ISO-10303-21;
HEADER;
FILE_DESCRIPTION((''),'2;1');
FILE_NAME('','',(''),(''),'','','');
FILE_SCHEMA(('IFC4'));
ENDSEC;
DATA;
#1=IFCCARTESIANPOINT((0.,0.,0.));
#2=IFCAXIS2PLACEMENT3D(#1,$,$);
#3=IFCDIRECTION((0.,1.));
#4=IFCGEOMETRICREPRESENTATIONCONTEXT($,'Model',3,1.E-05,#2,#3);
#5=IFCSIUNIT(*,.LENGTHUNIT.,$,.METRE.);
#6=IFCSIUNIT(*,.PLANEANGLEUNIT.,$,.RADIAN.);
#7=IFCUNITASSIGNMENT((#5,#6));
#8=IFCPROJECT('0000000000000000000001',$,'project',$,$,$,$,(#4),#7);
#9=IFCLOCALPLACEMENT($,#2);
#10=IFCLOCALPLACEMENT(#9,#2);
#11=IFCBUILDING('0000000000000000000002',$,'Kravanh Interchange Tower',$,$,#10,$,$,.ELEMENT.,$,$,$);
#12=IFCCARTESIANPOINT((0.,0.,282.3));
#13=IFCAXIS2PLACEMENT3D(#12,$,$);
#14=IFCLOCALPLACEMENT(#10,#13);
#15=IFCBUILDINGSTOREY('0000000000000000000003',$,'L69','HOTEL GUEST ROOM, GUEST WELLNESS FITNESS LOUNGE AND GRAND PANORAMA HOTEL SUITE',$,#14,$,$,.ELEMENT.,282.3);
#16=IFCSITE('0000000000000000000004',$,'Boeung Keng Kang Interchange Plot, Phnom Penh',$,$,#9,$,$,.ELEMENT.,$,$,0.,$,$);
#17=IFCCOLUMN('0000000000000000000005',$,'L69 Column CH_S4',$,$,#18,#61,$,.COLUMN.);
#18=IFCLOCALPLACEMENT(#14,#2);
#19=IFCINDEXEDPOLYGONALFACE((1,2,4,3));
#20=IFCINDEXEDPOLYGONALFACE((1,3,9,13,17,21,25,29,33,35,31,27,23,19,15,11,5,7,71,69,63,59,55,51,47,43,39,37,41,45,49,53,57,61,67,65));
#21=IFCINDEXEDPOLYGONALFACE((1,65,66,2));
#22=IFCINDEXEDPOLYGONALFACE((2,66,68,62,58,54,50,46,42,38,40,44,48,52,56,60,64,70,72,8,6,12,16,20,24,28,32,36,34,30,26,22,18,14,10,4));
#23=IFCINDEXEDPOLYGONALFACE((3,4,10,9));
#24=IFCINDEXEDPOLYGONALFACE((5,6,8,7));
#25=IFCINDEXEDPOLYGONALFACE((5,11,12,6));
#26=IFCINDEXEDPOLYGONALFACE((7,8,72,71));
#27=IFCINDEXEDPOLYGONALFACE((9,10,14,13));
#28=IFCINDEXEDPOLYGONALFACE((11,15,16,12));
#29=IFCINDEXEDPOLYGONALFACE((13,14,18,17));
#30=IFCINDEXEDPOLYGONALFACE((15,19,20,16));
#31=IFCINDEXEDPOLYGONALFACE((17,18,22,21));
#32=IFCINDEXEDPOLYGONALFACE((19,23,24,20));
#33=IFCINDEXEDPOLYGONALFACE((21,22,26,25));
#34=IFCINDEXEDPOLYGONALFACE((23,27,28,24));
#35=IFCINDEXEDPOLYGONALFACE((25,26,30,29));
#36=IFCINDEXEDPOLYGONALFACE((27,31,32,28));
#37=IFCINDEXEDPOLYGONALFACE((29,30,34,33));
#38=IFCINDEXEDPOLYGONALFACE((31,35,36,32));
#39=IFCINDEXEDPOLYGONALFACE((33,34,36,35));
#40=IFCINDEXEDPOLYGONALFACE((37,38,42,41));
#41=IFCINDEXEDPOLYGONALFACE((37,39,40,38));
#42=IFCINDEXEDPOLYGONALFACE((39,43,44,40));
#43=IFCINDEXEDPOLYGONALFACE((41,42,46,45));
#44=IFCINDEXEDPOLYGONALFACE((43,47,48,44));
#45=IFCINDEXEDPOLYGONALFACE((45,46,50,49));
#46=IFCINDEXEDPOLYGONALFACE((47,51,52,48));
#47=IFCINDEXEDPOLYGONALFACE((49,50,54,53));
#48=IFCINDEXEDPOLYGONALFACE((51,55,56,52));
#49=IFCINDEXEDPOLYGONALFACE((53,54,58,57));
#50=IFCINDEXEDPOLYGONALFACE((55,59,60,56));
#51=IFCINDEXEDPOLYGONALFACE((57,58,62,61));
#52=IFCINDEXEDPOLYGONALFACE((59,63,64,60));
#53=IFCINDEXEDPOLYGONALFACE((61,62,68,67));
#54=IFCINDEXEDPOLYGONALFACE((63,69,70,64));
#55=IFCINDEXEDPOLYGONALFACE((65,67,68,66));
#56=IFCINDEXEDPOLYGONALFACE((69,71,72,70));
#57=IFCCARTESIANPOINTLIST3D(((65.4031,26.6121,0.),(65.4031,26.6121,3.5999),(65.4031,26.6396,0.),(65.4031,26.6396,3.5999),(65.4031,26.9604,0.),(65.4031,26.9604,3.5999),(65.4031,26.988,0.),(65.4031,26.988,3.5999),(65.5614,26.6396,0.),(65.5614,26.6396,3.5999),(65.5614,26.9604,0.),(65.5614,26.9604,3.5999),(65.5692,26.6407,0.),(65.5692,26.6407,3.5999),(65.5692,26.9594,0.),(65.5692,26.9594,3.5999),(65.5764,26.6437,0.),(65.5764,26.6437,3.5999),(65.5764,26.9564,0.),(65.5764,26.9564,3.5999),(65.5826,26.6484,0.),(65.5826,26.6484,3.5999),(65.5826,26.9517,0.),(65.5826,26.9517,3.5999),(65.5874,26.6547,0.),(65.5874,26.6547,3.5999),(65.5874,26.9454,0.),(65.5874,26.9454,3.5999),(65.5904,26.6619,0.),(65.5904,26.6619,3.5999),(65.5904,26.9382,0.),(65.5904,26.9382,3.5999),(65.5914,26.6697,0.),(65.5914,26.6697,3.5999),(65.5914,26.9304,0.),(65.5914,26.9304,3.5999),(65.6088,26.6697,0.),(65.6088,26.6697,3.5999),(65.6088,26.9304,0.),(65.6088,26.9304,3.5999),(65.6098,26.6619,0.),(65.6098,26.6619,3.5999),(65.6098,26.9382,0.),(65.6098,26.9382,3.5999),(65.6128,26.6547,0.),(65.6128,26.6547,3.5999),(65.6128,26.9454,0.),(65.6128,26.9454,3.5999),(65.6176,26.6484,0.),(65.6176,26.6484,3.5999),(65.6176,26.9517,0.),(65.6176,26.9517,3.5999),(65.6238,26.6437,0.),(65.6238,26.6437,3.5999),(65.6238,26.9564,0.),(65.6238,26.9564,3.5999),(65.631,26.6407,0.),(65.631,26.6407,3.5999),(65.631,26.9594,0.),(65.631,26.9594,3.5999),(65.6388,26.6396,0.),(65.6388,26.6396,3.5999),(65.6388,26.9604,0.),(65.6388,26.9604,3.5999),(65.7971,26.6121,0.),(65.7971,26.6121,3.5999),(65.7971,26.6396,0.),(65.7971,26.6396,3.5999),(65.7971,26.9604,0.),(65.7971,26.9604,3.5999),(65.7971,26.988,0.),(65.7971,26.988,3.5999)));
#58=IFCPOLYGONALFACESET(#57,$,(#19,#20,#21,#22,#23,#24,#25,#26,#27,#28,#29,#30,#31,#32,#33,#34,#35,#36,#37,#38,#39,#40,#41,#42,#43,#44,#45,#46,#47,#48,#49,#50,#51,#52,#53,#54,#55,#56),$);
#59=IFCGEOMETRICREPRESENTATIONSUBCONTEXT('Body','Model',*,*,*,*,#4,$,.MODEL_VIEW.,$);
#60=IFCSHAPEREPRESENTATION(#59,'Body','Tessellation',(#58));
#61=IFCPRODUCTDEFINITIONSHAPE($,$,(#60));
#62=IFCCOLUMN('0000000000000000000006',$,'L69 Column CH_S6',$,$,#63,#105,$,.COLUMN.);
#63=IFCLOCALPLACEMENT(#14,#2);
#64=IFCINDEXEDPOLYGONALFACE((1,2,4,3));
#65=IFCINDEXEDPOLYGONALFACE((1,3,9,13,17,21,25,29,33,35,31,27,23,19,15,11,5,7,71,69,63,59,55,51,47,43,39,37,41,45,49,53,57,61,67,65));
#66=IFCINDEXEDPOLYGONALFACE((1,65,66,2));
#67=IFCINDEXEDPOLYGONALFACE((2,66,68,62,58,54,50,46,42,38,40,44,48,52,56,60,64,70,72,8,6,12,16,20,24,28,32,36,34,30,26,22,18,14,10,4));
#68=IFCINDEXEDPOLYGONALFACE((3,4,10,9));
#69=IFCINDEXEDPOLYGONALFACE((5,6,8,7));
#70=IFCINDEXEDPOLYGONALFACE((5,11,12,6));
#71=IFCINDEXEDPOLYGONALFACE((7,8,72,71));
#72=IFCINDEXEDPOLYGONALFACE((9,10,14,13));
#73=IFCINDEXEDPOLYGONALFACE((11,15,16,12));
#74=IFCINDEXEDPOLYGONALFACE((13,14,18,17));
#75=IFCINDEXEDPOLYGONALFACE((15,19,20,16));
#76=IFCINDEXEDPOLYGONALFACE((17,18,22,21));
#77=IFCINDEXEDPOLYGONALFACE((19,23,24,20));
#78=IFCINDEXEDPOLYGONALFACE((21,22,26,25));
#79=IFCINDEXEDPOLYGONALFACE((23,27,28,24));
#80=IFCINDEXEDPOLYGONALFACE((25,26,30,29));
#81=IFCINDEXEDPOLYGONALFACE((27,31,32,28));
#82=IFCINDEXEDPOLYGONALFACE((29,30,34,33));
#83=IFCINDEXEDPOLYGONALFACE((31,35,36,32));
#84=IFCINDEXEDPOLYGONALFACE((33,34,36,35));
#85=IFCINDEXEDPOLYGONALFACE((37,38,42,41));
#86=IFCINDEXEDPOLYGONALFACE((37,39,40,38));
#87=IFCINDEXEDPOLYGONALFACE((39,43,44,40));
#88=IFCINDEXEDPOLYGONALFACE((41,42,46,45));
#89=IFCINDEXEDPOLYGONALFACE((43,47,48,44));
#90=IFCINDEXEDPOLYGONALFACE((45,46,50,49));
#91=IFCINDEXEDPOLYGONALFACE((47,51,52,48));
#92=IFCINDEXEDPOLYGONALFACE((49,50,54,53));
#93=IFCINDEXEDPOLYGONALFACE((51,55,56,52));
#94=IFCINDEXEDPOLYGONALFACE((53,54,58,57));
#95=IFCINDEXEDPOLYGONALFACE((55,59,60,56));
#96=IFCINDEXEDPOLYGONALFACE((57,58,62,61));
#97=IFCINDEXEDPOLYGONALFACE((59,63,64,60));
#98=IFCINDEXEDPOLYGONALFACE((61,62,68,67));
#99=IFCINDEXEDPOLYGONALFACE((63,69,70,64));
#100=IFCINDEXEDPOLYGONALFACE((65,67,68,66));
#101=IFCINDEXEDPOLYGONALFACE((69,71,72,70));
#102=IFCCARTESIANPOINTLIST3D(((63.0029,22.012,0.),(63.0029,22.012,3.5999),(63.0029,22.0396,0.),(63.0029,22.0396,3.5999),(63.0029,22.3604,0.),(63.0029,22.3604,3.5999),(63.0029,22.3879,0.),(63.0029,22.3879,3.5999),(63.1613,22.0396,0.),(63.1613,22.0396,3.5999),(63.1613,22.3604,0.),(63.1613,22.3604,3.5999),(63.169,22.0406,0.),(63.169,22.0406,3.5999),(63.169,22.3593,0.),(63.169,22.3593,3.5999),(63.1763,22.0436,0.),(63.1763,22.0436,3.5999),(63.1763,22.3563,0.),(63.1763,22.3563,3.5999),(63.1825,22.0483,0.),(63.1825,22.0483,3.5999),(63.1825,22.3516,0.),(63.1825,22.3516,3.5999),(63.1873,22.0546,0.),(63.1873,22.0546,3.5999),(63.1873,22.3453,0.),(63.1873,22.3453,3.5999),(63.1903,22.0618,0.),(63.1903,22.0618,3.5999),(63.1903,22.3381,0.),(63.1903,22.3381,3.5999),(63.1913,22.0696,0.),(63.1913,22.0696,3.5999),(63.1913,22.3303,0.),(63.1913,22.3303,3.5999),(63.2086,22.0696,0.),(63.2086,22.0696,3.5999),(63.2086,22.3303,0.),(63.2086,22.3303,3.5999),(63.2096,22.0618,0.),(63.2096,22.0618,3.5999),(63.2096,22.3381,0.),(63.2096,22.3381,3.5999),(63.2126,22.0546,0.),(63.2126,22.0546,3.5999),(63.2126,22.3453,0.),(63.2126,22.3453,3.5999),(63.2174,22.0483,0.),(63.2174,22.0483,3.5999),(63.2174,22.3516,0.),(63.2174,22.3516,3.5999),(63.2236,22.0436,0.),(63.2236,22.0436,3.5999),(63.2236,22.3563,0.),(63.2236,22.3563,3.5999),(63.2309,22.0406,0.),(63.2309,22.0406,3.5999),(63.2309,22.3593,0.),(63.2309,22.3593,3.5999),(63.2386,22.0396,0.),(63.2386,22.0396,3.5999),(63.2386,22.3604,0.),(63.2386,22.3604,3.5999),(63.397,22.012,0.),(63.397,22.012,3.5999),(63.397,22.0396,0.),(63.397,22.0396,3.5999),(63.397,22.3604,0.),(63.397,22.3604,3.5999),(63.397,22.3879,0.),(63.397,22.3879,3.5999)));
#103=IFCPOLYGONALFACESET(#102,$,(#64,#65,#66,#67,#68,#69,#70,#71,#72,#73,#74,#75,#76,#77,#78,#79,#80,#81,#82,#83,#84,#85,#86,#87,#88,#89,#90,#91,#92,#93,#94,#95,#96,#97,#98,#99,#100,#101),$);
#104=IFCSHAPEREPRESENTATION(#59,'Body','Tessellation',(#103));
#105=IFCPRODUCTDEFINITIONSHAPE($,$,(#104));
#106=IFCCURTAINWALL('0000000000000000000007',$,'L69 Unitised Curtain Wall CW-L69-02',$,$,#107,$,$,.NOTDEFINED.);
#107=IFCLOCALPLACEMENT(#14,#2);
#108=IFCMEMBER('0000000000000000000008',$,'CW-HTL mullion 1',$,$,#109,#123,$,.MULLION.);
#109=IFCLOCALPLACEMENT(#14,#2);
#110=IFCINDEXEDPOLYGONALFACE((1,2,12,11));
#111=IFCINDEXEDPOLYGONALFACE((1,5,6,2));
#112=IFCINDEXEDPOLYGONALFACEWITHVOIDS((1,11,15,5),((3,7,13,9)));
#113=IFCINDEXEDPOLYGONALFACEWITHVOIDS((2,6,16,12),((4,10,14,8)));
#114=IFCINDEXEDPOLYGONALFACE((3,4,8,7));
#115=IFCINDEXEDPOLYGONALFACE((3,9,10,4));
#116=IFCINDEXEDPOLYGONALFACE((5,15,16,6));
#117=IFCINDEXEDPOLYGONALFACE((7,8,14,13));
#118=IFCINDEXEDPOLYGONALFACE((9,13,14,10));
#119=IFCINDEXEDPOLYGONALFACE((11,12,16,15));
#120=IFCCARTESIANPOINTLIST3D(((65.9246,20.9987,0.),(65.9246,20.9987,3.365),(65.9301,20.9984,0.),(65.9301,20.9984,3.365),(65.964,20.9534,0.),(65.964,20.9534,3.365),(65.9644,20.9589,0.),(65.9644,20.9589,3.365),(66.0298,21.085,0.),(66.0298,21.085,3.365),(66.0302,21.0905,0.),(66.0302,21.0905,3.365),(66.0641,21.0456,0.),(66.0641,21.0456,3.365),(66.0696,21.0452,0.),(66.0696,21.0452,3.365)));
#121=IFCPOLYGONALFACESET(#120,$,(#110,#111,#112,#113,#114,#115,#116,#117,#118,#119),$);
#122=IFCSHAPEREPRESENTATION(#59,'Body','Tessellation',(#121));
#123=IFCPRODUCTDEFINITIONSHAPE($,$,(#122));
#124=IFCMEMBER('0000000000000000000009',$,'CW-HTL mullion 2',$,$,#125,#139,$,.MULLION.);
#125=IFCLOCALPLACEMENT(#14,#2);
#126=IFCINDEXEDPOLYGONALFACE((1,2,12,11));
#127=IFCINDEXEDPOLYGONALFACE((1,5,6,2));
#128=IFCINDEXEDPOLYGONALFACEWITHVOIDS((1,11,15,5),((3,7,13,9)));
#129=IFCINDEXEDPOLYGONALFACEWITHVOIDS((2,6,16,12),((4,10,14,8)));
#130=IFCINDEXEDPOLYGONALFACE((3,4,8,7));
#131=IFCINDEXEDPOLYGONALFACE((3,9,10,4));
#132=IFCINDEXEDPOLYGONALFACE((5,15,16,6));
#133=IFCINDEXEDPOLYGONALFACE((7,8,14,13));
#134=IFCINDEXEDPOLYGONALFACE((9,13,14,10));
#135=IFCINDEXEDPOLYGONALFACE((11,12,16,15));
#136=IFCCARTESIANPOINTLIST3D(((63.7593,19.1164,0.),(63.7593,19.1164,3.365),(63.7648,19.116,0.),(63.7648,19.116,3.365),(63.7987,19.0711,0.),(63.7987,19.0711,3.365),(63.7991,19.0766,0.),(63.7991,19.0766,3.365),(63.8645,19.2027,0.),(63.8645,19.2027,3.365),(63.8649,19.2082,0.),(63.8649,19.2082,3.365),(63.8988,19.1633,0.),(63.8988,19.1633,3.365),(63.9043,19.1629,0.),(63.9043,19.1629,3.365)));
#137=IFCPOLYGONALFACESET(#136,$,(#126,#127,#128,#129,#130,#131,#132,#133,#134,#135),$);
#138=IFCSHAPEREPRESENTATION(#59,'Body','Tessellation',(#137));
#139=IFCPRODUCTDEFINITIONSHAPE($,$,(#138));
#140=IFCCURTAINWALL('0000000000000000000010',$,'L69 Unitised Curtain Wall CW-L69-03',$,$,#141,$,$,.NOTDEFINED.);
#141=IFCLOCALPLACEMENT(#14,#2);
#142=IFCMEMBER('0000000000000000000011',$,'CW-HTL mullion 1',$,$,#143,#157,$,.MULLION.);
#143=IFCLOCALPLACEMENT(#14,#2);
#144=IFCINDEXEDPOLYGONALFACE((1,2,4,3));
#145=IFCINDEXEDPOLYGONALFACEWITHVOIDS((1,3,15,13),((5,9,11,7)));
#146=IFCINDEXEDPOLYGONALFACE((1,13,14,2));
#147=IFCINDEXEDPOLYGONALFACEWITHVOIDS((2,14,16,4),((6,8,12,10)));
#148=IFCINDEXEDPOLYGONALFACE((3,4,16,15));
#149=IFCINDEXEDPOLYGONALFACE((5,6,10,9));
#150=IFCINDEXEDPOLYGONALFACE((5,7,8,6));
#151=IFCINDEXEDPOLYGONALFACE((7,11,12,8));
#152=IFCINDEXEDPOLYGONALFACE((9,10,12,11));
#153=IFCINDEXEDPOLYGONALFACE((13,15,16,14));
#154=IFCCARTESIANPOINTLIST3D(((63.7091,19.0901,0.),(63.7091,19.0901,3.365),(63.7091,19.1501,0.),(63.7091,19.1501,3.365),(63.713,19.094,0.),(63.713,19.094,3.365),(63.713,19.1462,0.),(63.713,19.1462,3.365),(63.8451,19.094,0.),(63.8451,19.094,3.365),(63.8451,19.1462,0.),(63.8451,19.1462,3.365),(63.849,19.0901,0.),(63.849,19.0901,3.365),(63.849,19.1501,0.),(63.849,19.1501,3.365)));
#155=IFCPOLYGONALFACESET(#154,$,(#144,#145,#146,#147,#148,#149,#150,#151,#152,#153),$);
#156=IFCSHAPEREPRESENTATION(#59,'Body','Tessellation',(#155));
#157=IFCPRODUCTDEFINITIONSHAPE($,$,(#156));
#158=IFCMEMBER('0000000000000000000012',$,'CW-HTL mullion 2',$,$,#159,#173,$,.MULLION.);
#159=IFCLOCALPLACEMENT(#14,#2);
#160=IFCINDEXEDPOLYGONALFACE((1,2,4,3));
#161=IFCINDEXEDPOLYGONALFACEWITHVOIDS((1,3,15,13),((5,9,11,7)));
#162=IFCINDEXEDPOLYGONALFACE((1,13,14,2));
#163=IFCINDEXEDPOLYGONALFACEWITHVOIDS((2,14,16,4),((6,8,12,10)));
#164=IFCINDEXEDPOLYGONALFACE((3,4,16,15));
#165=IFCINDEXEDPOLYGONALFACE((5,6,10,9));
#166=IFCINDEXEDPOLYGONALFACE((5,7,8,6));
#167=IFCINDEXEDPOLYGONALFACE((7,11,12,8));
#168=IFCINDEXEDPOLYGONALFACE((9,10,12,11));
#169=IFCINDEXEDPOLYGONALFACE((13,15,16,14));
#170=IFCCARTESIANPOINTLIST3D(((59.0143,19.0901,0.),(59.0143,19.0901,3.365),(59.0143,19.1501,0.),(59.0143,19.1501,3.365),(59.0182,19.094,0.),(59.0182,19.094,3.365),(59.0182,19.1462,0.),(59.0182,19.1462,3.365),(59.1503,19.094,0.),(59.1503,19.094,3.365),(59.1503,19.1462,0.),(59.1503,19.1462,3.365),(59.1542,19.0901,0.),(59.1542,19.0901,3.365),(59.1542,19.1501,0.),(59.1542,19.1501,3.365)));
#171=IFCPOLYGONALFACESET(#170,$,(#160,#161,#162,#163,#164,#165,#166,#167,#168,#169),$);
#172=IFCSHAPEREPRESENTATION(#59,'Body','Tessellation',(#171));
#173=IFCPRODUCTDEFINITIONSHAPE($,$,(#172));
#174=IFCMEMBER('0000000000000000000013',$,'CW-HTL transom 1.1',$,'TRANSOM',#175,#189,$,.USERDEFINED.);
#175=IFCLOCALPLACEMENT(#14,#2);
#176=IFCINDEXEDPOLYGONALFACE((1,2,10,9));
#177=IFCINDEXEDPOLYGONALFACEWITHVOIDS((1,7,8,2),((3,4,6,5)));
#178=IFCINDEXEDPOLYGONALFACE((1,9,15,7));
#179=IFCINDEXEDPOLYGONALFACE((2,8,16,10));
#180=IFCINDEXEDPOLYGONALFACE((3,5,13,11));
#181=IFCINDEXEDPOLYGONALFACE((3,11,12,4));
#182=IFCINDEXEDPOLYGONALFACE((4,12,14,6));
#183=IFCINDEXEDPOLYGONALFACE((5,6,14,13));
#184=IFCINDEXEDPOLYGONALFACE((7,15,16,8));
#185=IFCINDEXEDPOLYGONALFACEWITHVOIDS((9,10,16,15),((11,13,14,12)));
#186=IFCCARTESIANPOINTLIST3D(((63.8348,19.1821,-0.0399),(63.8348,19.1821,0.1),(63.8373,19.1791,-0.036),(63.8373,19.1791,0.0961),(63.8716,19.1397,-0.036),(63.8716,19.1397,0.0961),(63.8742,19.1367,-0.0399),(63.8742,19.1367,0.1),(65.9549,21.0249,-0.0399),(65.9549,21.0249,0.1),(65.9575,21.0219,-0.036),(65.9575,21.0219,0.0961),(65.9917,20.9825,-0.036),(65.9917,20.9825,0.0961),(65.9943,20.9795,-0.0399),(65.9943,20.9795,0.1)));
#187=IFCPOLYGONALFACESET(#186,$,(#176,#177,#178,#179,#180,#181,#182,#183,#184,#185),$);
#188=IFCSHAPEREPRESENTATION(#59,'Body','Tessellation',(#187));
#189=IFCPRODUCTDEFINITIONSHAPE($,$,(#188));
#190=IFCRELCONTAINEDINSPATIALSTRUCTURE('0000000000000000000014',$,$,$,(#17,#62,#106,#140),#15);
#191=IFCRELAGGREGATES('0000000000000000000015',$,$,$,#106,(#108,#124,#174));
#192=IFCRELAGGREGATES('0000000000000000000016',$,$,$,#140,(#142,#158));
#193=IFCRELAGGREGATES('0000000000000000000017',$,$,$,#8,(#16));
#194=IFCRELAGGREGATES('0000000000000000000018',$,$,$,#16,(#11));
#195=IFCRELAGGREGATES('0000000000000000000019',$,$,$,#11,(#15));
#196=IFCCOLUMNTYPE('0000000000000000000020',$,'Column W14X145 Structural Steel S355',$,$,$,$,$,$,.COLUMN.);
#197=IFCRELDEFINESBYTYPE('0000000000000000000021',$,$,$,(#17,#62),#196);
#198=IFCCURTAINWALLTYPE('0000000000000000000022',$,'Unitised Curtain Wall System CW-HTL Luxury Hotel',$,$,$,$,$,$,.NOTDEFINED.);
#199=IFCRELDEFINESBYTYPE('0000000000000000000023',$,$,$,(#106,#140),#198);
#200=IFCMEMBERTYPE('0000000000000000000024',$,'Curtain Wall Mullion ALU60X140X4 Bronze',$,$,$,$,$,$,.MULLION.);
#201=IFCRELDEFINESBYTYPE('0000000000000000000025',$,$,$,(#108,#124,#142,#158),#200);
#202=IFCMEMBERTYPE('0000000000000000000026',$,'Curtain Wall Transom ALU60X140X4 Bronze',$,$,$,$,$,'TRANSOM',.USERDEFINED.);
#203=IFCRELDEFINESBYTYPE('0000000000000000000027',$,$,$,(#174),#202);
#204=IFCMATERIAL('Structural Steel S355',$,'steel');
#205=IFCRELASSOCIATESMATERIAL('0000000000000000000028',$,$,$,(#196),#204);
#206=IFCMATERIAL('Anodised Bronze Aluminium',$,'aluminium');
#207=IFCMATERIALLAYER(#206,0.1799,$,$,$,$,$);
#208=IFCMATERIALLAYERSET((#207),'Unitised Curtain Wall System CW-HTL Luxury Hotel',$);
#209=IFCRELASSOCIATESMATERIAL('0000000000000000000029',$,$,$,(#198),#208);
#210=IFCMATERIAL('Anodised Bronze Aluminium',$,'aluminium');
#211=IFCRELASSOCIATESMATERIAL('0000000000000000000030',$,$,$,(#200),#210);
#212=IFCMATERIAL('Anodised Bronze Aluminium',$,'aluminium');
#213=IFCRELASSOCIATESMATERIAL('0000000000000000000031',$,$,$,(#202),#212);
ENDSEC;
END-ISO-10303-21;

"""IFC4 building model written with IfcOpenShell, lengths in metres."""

from ifc_helpers import new_model, si_unit, direction, frame, origin, origin_2d, place, context, subcontext, project, spatial, hollow_rectangle, i_section, extrude, material, layer, layer_set, material_profile, profile_set, type_object, element, aggregate, save


model = new_model("IFC4")

# Units and contexts
model_context = context("Model", 3, precision=1e-05, world=origin(), true_north=direction((0.0, 1.0)))
body_context = subcontext(model_context, "Body", "Model", "MODEL_VIEW")
ifc_project = project(units=[si_unit("LENGTHUNIT", "METRE"), si_unit("PLANEANGLEUNIT", "RADIAN")], contexts=[model_context])

# Site, building, storey
site_placement = place(None, origin())
site = spatial("IfcSite", under=ifc_project, at=site_placement, Name="Boeung Keng Kang Interchange Plot, Phnom Penh", CompositionType="ELEMENT", RefElevation=0.0)
building_placement = place(site_placement, origin())
building = spatial("IfcBuilding", under=site, at=building_placement, Name="Kravanh Interchange Tower", CompositionType="ELEMENT")
storey_placement = place(building_placement, frame((0.0, 0.0, 282.3)))
storey = spatial("IfcBuildingStorey", under=building, at=storey_placement, Name="L69", Description="HOTEL GUEST ROOM, GUEST WELLNESS FITNESS LOUNGE AND GRAND PANORAMA HOTEL SUITE", CompositionType="ELEMENT", Elevation=282.3)

# Columns
ifc_material_1 = material(Name="Structural Steel S355", Category="steel")
ifc_material_profile_1 = material_profile(ifc_material_1, i_section(OverallWidth=0.394, OverallDepth=0.376, WebThickness=0.0173, FlangeThickness=0.0276, FilletRadius=0.03, at=origin_2d()), Name="W14X145")
ifc_profile_set_1 = profile_set([ifc_material_profile_1], Name="Structural Steel S355")
column_type = type_object("IfcColumnType", Name="Column W14X145 Structural Steel S355", PredefinedType="COLUMN", material=ifc_profile_set_1)
for number, where, z_axis, x_axis, name in (
    (1, (65.6001, 26.8, 0.0), (0.0, 0.0, 1.0), (1.0, 0.0, 0.0), "L69 Column CH_S4"),
    (2, (63.2, 22.2, 0.0), (0.0, 0.0, 1.0), (1.0, 0.0, 0.0), "L69 Column CH_S6"),
):
    element("IfcColumn", number, at=place(storey_placement, frame(where, z_axis=z_axis, x_axis=x_axis)), inside=storey, type_object=column_type, Name=name, PredefinedType="COLUMN", context=body_context, shape_type="SweptSolid", body=[
        extrude(i_section(OverallWidth=0.394, OverallDepth=0.376, WebThickness=0.0173, FlangeThickness=0.0276, FilletRadius=0.03, at=origin_2d()), origin(), (0.0, 0.0, 1.0), 3.5999),
    ])

# Curtain walls, members
ifc_material_2 = material(Name="Anodised Bronze Aluminium", Category="aluminium")
ifc_layer_1 = layer(ifc_material_2, 0.1799)
ifc_layer_set_1 = layer_set([ifc_layer_1], Name="Unitised Curtain Wall System CW-HTL Luxury Hotel")
curtain_wall_type = type_object("IfcCurtainWallType", Name="Unitised Curtain Wall System CW-HTL Luxury Hotel", PredefinedType="NOTDEFINED", material=ifc_layer_set_1)
curtain_wall_1_placement = place(storey_placement, origin())
curtain_wall_1 = element("IfcCurtainWall", 3, at=curtain_wall_1_placement, inside=storey, type_object=curtain_wall_type, Name="L69 Unitised Curtain Wall CW-L69-02", PredefinedType="NOTDEFINED")
ifc_material_3 = material(Name="Anodised Bronze Aluminium", Category="aluminium")
ifc_material_profile_2 = material_profile(ifc_material_3, hollow_rectangle(XDim=0.0601, YDim=0.1399, WallThickness=0.0039, at=origin_2d()), Name="ALU60X140X4")
ifc_profile_set_2 = profile_set([ifc_material_profile_2], Name="Anodised Bronze Aluminium")
member_type_1 = type_object("IfcMemberType", Name="Curtain Wall Mullion ALU60X140X4 Bronze", PredefinedType="MULLION", material=ifc_profile_set_2)
member_1_placement = place(storey_placement, frame((65.9971, 21.022, 0.0), z_axis=(0.0, 0.0, 1.0), x_axis=(0.656033, -0.754732, 0.0)))
member_1 = element("IfcMember", 4, at=member_1_placement, type_object=member_type_1, Name="CW-HTL mullion 1", PredefinedType="MULLION", context=body_context, shape_type="SweptSolid", body=[
    extrude(hollow_rectangle(XDim=0.0601, YDim=0.1399, WallThickness=0.0039, at=origin_2d()), origin(), (0.0, 0.0, 1.0), 3.365),
])
member_2_placement = place(storey_placement, frame((63.8318, 19.1396, 0.0), z_axis=(0.0, 0.0, 1.0), x_axis=(0.656033, -0.754732, 0.0)))
member_2 = element("IfcMember", 5, at=member_2_placement, type_object=member_type_1, Name="CW-HTL mullion 2", PredefinedType="MULLION", context=body_context, shape_type="SweptSolid", body=[
    extrude(hollow_rectangle(XDim=0.0601, YDim=0.1399, WallThickness=0.0039, at=origin_2d()), origin(), (0.0, 0.0, 1.0), 3.365),
])
curtain_wall_2_placement = place(storey_placement, origin())
curtain_wall_2 = element("IfcCurtainWall", 6, at=curtain_wall_2_placement, inside=storey, type_object=curtain_wall_type, Name="L69 Unitised Curtain Wall CW-L69-03", PredefinedType="NOTDEFINED")
member_3_placement = place(storey_placement, frame((63.7791, 19.1201, 0.0), z_axis=(0.0, 0.0, 1.0), x_axis=(0.0, -1.0, 0.0)))
member_3 = element("IfcMember", 7, at=member_3_placement, type_object=member_type_1, Name="CW-HTL mullion 1", PredefinedType="MULLION", context=body_context, shape_type="SweptSolid", body=[
    extrude(hollow_rectangle(XDim=0.0601, YDim=0.1399, WallThickness=0.0039, at=origin_2d()), origin(), (0.0, 0.0, 1.0), 3.365),
])
member_4_placement = place(storey_placement, frame((59.0842, 19.1201, 0.0), z_axis=(0.0, 0.0, 1.0), x_axis=(0.0, -1.0, 0.0)))
member_4 = element("IfcMember", 8, at=member_4_placement, type_object=member_type_1, Name="CW-HTL mullion 2", PredefinedType="MULLION", context=body_context, shape_type="SweptSolid", body=[
    extrude(hollow_rectangle(XDim=0.0601, YDim=0.1399, WallThickness=0.0039, at=origin_2d()), origin(), (0.0, 0.0, 1.0), 3.365),
])

# Member
ifc_material_4 = material(Name="Anodised Bronze Aluminium", Category="aluminium")
ifc_material_profile_3 = material_profile(ifc_material_4, hollow_rectangle(XDim=0.0601, YDim=0.1399, WallThickness=0.0039, at=origin_2d()), Name="ALU60X140X4")
ifc_profile_set_3 = profile_set([ifc_material_profile_3], Name="Anodised Bronze Aluminium")
member_type_2 = type_object("IfcMemberType", Name="Curtain Wall Transom ALU60X140X4 Bronze", ElementType="TRANSOM", PredefinedType="USERDEFINED", material=ifc_profile_set_3)
member_5_placement = place(storey_placement, frame((65.9746, 21.0022, 0.03), z_axis=(-0.754748, -0.656015, 0.0), x_axis=(0.656015, -0.754748, 0.0)))
member_5 = element("IfcMember", 9, at=member_5_placement, type_object=member_type_2, Name="CW-HTL transom 1.1", ObjectType="TRANSOM", PredefinedType="USERDEFINED", context=body_context, shape_type="SweptSolid", body=[
    extrude(hollow_rectangle(XDim=0.0601, YDim=0.1399, WallThickness=0.0039, at=origin_2d()), origin(), (0.0, 0.0, 1.0), 2.8091),
])

aggregate(curtain_wall_1, [member_1, member_2, member_5])
aggregate(curtain_wall_2, [member_3, member_4])

save(model, "model.ifc")
